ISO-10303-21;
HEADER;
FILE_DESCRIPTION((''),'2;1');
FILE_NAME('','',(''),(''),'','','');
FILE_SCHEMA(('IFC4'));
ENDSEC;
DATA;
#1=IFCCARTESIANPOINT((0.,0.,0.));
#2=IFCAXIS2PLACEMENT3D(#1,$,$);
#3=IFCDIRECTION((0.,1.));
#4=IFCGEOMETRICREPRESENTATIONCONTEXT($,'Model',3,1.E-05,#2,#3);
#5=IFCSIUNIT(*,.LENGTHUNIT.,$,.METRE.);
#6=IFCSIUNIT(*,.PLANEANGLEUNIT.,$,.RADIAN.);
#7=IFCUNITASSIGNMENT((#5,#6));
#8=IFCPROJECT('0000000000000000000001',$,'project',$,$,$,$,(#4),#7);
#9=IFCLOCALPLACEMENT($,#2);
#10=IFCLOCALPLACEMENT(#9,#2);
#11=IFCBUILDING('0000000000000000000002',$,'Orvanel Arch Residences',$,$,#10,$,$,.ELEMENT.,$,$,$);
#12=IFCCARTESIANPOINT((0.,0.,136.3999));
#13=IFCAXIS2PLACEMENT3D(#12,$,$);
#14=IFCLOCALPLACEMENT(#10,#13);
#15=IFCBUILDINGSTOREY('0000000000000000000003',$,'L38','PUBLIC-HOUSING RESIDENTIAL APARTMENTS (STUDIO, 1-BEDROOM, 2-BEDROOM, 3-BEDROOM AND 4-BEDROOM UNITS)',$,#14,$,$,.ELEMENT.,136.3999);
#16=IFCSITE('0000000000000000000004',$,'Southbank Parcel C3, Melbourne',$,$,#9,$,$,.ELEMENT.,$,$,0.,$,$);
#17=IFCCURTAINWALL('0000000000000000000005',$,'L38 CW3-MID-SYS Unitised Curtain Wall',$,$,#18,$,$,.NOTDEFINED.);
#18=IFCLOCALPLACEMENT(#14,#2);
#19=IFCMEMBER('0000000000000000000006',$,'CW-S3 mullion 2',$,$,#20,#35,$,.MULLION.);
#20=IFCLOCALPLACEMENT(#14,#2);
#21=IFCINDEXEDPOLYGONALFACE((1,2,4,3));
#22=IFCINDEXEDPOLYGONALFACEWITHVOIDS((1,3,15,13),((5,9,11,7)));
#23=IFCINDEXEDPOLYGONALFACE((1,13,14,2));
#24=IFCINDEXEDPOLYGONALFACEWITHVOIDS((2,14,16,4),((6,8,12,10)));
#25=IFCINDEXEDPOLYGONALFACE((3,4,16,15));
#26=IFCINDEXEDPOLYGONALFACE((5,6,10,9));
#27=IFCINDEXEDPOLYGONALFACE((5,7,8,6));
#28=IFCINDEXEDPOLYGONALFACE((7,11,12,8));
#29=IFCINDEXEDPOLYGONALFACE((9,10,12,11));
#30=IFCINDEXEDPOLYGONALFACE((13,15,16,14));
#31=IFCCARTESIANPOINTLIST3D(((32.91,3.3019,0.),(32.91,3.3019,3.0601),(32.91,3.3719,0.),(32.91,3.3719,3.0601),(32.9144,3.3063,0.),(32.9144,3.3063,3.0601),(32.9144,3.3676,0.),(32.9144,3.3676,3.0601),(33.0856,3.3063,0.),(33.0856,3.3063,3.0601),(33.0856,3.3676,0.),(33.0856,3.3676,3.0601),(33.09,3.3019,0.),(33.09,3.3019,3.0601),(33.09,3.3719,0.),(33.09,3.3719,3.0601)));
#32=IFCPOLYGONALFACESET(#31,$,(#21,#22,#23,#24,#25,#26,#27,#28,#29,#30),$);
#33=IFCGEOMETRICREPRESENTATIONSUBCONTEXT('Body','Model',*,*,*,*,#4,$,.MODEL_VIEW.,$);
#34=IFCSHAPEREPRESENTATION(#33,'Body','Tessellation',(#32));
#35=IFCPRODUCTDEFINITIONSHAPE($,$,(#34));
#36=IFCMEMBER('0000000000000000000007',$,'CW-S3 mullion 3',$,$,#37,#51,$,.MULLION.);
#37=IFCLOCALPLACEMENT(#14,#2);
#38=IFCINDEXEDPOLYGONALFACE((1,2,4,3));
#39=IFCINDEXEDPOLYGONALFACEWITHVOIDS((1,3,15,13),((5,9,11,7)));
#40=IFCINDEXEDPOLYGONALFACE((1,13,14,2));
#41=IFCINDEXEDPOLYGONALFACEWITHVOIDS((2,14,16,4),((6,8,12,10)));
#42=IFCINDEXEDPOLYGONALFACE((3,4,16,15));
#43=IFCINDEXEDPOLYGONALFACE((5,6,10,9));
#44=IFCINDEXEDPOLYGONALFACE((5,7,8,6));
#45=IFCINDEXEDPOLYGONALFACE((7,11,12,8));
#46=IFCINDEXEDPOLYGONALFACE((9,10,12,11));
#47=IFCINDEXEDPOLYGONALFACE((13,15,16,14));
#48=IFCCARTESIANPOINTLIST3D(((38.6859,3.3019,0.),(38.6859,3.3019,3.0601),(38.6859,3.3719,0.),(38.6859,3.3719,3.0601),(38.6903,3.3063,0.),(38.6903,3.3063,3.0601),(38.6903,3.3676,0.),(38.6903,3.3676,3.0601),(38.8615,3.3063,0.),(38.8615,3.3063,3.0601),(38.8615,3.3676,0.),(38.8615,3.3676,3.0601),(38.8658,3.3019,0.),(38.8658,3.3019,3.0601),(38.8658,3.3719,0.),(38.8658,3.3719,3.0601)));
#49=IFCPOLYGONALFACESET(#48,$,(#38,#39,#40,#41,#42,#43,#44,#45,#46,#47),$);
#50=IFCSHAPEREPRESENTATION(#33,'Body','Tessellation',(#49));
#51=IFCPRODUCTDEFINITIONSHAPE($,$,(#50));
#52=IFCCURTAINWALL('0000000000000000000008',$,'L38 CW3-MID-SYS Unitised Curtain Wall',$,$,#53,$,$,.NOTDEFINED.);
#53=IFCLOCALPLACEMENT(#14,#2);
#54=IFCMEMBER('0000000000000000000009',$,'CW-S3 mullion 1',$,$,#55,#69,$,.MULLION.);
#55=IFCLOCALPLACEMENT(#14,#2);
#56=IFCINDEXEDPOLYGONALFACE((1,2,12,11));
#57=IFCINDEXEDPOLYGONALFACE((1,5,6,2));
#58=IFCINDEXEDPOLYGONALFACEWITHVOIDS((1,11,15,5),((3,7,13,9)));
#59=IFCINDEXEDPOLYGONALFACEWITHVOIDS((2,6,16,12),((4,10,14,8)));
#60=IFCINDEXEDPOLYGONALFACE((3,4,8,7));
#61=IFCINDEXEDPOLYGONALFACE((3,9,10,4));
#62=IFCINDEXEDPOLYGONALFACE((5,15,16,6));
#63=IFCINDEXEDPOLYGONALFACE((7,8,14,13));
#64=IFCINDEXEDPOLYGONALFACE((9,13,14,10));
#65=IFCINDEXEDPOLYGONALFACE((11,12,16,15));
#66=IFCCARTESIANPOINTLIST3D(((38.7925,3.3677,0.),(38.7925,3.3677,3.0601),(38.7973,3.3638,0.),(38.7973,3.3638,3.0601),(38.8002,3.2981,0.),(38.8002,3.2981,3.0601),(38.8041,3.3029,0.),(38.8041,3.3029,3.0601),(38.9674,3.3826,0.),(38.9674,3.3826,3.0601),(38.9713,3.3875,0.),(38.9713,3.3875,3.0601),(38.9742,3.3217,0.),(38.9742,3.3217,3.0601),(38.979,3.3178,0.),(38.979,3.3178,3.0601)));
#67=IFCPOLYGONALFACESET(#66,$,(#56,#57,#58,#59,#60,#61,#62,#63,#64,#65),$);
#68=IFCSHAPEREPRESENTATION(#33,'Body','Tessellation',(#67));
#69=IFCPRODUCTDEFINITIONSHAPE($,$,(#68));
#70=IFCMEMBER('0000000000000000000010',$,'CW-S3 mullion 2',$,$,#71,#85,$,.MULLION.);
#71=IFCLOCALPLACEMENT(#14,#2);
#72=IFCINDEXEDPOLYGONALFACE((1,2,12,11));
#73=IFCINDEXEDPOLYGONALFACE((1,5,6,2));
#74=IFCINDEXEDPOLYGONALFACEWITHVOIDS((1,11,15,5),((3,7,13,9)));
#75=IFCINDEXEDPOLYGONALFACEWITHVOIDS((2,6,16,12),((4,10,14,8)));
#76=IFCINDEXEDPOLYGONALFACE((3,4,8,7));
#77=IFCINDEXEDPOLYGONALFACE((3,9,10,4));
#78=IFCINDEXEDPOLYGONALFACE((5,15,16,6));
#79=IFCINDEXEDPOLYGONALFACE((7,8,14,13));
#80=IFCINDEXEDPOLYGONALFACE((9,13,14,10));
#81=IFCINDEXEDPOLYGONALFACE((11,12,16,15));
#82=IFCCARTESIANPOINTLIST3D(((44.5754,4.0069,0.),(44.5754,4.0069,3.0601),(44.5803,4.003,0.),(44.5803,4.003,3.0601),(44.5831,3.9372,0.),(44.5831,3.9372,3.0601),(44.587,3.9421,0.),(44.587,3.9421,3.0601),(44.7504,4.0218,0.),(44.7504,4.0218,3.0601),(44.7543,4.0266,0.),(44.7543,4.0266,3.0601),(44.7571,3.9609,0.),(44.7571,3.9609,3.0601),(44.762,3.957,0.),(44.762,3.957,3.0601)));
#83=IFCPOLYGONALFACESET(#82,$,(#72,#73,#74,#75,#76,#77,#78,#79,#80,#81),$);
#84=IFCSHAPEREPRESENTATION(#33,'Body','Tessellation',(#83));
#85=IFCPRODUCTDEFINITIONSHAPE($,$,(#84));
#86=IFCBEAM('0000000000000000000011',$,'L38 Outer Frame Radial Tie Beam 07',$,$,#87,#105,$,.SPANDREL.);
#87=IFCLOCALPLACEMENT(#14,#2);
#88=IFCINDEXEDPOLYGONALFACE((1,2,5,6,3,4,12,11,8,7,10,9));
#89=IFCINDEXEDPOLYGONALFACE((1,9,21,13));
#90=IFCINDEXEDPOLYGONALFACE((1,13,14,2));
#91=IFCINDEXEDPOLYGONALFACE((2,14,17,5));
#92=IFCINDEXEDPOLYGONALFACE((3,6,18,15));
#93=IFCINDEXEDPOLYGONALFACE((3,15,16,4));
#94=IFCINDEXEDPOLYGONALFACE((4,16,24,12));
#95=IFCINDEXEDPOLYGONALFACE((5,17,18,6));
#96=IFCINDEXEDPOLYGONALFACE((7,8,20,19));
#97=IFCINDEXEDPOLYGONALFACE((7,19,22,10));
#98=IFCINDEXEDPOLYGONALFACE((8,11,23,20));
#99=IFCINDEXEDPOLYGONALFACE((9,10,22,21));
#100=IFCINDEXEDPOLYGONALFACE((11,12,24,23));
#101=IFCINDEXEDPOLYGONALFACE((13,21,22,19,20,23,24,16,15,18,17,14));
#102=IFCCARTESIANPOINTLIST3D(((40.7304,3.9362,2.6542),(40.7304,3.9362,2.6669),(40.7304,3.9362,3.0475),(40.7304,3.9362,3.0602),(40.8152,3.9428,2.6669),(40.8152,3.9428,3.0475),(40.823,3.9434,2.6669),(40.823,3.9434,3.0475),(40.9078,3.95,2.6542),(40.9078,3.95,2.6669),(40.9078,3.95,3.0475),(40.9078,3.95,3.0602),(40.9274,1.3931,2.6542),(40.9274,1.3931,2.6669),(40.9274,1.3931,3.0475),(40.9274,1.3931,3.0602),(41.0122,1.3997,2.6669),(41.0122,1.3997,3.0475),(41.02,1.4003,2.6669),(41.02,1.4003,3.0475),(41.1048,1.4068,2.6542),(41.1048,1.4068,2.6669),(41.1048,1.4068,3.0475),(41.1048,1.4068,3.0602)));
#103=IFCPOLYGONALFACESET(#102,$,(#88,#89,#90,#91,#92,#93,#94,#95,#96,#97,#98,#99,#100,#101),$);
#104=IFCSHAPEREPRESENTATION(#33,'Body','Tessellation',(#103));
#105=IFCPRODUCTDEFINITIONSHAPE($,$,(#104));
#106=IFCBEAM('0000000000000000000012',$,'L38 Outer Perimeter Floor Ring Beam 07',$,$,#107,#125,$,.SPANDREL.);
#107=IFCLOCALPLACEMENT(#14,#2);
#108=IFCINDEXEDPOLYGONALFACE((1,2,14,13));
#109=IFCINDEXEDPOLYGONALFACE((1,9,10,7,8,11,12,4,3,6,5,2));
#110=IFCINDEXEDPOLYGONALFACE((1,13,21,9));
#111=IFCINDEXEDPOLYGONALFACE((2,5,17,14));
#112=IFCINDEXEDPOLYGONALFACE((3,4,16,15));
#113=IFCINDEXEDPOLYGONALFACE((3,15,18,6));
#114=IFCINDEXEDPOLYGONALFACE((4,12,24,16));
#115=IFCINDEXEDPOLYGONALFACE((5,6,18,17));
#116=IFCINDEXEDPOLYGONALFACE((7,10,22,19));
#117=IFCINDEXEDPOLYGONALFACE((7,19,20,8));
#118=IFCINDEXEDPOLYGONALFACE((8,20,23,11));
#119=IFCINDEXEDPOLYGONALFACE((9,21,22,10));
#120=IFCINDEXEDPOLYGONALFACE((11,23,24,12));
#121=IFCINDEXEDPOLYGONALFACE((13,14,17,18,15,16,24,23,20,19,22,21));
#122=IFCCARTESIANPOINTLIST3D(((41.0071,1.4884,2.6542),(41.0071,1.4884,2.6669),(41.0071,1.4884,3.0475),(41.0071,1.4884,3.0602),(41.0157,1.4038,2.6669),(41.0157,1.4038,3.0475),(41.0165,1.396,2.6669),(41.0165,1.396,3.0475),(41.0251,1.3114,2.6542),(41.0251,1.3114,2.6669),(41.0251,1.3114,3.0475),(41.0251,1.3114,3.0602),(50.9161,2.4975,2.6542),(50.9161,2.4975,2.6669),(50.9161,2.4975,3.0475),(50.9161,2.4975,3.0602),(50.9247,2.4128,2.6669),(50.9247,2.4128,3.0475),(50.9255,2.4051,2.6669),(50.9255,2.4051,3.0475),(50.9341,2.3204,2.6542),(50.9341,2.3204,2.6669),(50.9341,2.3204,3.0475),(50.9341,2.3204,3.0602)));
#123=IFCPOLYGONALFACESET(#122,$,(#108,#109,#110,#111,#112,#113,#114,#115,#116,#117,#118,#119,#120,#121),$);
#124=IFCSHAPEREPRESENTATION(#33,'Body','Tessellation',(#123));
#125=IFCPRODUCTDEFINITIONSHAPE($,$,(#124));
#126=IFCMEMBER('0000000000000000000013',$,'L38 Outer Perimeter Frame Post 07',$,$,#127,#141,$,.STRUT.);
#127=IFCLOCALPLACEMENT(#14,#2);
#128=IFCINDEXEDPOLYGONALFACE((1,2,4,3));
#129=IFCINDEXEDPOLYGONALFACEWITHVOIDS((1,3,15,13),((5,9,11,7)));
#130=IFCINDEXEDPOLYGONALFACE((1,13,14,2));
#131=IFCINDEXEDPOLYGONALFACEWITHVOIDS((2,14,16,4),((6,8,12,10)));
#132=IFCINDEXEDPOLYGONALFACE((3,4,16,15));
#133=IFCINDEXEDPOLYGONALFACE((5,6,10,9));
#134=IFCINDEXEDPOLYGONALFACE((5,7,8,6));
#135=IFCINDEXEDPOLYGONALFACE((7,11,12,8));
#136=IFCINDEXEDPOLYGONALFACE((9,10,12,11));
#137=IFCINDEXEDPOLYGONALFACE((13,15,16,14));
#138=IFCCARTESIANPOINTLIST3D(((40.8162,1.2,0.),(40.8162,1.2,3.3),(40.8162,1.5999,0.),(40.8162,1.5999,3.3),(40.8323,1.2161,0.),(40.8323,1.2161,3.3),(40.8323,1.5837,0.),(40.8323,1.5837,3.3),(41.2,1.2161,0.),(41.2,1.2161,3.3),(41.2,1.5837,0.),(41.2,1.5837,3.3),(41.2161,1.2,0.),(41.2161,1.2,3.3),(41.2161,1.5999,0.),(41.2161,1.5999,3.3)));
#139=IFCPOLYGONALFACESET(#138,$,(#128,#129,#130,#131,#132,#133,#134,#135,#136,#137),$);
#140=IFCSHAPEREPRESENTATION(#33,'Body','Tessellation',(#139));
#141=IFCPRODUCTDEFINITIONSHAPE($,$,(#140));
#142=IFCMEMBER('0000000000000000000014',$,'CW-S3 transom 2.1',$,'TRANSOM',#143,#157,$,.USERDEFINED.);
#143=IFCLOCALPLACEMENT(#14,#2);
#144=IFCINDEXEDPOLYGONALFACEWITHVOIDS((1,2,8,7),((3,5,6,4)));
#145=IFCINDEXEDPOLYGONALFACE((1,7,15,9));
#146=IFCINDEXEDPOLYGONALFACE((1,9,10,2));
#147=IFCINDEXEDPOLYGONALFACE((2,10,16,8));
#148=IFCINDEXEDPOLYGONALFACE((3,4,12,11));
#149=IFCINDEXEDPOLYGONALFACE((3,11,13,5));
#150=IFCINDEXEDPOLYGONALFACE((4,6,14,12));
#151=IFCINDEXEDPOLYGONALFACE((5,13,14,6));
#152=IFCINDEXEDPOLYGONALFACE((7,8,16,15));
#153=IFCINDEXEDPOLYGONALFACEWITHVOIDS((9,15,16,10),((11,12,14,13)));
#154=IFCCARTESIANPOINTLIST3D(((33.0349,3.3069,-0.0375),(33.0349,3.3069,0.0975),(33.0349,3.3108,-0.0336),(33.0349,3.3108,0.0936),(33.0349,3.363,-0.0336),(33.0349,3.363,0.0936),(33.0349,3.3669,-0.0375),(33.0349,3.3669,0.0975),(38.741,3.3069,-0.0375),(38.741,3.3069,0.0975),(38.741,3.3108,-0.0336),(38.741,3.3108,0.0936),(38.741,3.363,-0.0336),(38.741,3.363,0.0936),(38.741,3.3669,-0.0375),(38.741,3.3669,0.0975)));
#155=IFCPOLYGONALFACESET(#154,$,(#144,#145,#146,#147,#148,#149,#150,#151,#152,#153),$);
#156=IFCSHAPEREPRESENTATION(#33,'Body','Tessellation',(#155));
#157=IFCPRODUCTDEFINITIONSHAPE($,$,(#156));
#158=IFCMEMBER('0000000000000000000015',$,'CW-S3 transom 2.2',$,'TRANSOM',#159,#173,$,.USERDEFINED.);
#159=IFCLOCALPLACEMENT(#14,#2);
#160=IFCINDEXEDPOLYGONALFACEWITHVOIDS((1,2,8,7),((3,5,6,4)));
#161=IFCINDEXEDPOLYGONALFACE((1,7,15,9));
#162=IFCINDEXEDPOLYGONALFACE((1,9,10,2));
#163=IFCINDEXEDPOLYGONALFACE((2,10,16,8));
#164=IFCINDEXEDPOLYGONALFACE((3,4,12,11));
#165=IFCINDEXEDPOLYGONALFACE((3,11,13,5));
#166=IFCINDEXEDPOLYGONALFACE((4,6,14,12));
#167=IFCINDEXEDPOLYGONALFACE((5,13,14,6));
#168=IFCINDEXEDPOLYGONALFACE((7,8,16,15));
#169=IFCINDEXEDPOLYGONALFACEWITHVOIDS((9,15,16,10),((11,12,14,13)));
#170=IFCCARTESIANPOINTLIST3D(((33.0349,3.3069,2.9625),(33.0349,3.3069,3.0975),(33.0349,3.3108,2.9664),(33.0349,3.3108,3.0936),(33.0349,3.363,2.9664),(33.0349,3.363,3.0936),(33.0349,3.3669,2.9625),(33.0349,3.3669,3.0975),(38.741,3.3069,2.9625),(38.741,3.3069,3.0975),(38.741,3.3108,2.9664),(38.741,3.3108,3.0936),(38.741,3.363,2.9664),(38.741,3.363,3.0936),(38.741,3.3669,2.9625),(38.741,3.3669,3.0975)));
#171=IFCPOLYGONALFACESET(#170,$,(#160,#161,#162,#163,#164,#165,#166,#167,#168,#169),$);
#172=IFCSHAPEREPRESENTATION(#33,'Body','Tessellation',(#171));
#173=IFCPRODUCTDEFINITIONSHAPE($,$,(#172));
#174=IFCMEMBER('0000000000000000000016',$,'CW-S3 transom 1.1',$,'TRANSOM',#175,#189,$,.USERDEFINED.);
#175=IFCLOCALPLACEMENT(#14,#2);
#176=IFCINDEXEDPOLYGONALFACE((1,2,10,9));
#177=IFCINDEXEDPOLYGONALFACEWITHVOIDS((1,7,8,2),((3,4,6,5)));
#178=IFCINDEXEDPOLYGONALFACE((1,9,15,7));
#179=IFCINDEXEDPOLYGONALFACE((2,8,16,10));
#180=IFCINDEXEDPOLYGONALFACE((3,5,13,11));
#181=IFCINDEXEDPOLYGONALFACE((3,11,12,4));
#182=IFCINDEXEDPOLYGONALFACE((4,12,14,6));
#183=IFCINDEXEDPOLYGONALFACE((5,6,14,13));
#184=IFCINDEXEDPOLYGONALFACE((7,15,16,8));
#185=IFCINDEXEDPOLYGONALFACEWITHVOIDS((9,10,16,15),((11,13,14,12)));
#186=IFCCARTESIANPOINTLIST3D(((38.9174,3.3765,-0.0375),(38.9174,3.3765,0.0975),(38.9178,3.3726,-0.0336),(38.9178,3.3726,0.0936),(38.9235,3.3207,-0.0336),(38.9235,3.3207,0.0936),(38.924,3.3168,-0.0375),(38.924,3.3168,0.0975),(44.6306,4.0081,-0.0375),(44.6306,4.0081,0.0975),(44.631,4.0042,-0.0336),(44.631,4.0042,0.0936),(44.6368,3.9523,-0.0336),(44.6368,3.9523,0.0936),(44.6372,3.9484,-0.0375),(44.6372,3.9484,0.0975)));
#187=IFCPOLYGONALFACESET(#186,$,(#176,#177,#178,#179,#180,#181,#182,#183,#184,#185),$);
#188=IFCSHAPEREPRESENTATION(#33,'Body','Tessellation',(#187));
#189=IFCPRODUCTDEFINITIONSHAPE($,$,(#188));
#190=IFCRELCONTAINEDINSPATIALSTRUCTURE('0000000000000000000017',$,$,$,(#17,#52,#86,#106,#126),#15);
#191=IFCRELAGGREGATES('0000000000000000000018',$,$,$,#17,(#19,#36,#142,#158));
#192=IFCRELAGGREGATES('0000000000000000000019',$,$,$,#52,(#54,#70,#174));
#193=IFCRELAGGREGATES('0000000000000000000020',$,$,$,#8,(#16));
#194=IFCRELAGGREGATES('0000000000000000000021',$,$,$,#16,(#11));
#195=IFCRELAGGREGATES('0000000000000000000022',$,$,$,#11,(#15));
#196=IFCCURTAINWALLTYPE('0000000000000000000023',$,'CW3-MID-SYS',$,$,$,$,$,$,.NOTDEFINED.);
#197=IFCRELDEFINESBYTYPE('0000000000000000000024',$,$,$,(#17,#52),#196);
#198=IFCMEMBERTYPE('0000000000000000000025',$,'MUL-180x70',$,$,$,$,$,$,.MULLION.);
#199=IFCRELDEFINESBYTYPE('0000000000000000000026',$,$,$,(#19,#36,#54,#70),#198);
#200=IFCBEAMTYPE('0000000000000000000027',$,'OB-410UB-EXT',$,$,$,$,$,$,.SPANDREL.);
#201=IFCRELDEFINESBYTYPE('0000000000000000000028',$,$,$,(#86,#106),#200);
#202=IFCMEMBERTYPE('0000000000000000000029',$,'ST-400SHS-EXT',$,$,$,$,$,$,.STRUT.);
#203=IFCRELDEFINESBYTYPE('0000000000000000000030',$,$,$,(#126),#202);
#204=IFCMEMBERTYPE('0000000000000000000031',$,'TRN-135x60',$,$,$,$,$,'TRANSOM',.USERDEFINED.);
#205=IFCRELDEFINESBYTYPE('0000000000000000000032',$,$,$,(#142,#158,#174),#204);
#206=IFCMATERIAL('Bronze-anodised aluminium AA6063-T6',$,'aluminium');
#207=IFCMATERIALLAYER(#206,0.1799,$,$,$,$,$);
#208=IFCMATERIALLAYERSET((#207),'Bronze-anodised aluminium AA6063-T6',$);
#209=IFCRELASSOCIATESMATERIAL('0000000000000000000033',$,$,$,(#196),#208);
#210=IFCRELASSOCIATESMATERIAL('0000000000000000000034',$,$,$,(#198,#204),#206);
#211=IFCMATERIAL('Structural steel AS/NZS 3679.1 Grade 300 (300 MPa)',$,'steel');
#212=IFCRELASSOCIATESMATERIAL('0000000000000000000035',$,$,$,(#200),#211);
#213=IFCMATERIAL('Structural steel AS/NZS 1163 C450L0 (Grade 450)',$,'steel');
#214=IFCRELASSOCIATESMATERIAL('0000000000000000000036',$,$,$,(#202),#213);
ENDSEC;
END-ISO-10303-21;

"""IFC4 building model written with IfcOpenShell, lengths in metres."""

from ifc_helpers import new_model, si_unit, direction, frame, origin, origin_2d, place, context, subcontext, project, spatial, hollow_rectangle, i_section, extrude, material, layer, layer_set, material_profile, profile_set, type_object, element, aggregate, save


model = new_model("IFC4")

# Units and contexts
model_context = context("Model", 3, precision=1e-05, world=origin(), true_north=direction((0.0, 1.0)))
body_context = subcontext(model_context, "Body", "Model", "MODEL_VIEW")
ifc_project = project(units=[si_unit("LENGTHUNIT", "METRE"), si_unit("PLANEANGLEUNIT", "RADIAN")], contexts=[model_context])

# Site, building, storey
site_placement = place(None, origin())
site = spatial("IfcSite", under=ifc_project, at=site_placement, Name="Southbank Parcel C3, Melbourne", CompositionType="ELEMENT", RefElevation=0.0)
building_placement = place(site_placement, origin())
building = spatial("IfcBuilding", under=site, at=building_placement, Name="Orvanel Arch Residences", CompositionType="ELEMENT")
storey_placement = place(building_placement, frame((0.0, 0.0, 136.3999)))
storey = spatial("IfcBuildingStorey", under=building, at=storey_placement, Name="L38", Description="PUBLIC-HOUSING RESIDENTIAL APARTMENTS (STUDIO, 1-BEDROOM, 2-BEDROOM, 3-BEDROOM AND 4-BEDROOM UNITS)", CompositionType="ELEMENT", Elevation=136.3999)

# Curtain walls, members
ifc_material_1 = material(Name="Bronze-anodised aluminium AA6063-T6", Category="aluminium")
ifc_layer_1 = layer(ifc_material_1, 0.1799)
ifc_layer_set_1 = layer_set([ifc_layer_1], Name="Bronze-anodised aluminium AA6063-T6")
curtain_wall_type = type_object("IfcCurtainWallType", Name="CW3-MID-SYS", PredefinedType="NOTDEFINED", material=ifc_layer_set_1)
curtain_wall_1_placement = place(storey_placement, origin())
curtain_wall_1 = element("IfcCurtainWall", 1, at=curtain_wall_1_placement, inside=storey, type_object=curtain_wall_type, Name="L38 CW3-MID-SYS Unitised Curtain Wall", PredefinedType="NOTDEFINED")
ifc_material_profile_1 = material_profile(ifc_material_1, hollow_rectangle(XDim=0.0701, YDim=0.1799, WallThickness=0.0044, at=origin_2d()), Name="ALU180x70x4.5")
ifc_profile_set_1 = profile_set([ifc_material_profile_1], Name="Bronze-anodised aluminium AA6063-T6")
member_type_1 = type_object("IfcMemberType", Name="MUL-180x70", PredefinedType="MULLION", material=ifc_profile_set_1)
member_1_placement = place(storey_placement, frame((33.0, 3.3369, 0.0), z_axis=(0.0, 0.0, 1.0), x_axis=(0.0, 1.0, 0.0)))
member_1 = element("IfcMember", 2, at=member_1_placement, type_object=member_type_1, Name="CW-S3 mullion 2", PredefinedType="MULLION", context=body_context, shape_type="SweptSolid", body=[
    extrude(hollow_rectangle(XDim=0.0701, YDim=0.1799, WallThickness=0.0044, at=origin_2d()), origin(), (0.0, 0.0, 1.0), 3.0601),
])
member_2_placement = place(storey_placement, frame((38.7759, 3.3369, 0.0), z_axis=(0.0, 0.0, 1.0), x_axis=(0.0, 1.0, 0.0)))
member_2 = element("IfcMember", 3, at=member_2_placement, type_object=member_type_1, Name="CW-S3 mullion 3", PredefinedType="MULLION", context=body_context, shape_type="SweptSolid", body=[
    extrude(hollow_rectangle(XDim=0.0701, YDim=0.1799, WallThickness=0.0044, at=origin_2d()), origin(), (0.0, 0.0, 1.0), 3.0601),
])
curtain_wall_2_placement = place(storey_placement, origin())
curtain_wall_2 = element("IfcCurtainWall", 4, at=curtain_wall_2_placement, inside=storey, type_object=curtain_wall_type, Name="L38 CW3-MID-SYS Unitised Curtain Wall", PredefinedType="NOTDEFINED")
member_3_placement = place(storey_placement, frame((38.8857, 3.3428, 0.0), z_axis=(0.0, 0.0, 1.0), x_axis=(-0.109856, 0.993947, 0.0)))
member_3 = element("IfcMember", 5, at=member_3_placement, type_object=member_type_1, Name="CW-S3 mullion 1", PredefinedType="MULLION", context=body_context, shape_type="SweptSolid", body=[
    extrude(hollow_rectangle(XDim=0.0701, YDim=0.1799, WallThickness=0.0044, at=origin_2d()), origin(), (0.0, 0.0, 1.0), 3.0601),
])
member_4_placement = place(storey_placement, frame((44.6687, 3.9819, 0.0), z_axis=(0.0, 0.0, 1.0), x_axis=(-0.109856, 0.993947, 0.0)))
member_4 = element("IfcMember", 6, at=member_4_placement, type_object=member_type_1, Name="CW-S3 mullion 2", PredefinedType="MULLION", context=body_context, shape_type="SweptSolid", body=[
    extrude(hollow_rectangle(XDim=0.0701, YDim=0.1799, WallThickness=0.0044, at=origin_2d()), origin(), (0.0, 0.0, 1.0), 3.0601),
])

# Beams
ifc_material_2 = material(Name="Structural steel AS/NZS 3679.1 Grade 300 (300 MPa)", Category="steel")
ifc_material_profile_2 = material_profile(ifc_material_2, i_section(OverallWidth=0.178, OverallDepth=0.406, WebThickness=0.0078, FlangeThickness=0.0127, at=origin_2d()), Name="410UB59.7")
ifc_profile_set_2 = profile_set([ifc_material_profile_2], Name="Structural steel AS/NZS 3679.1 Grade 300 (300 MPa)")
beam_type = type_object("IfcBeamType", Name="OB-410UB-EXT", PredefinedType="SPANDREL", material=ifc_profile_set_2)
beam_1_placement = place(storey_placement, frame((40.8191, 3.9431, 2.8572), z_axis=(0.077238, -0.997013, 0.0), x_axis=(0.997013, 0.077238, 0.0)))
element("IfcBeam", 7, at=beam_1_placement, inside=storey, type_object=beam_type, Name="L38 Outer Frame Radial Tie Beam 07", PredefinedType="SPANDREL", context=body_context, shape_type="SweptSolid", body=[
    extrude(i_section(OverallWidth=0.178, OverallDepth=0.406, WebThickness=0.0078, FlangeThickness=0.0127, at=origin_2d()), origin(), (0.0, 0.0, 1.0), 2.5508),
])
beam_2_placement = place(storey_placement, frame((41.0161, 1.3999, 2.8572), z_axis=(0.994855, 0.101307, 0.0), x_axis=(-0.101307, 0.994855, 0.0)))
element("IfcBeam", 8, at=beam_2_placement, inside=storey, type_object=beam_type, Name="L38 Outer Perimeter Floor Ring Beam 07", PredefinedType="SPANDREL", context=body_context, shape_type="SweptSolid", body=[
    extrude(i_section(OverallWidth=0.178, OverallDepth=0.406, WebThickness=0.0078, FlangeThickness=0.0127, at=origin_2d()), origin(), (0.0, 0.0, 1.0), 9.9602),
])

# Members
ifc_material_3 = material(Name="Structural steel AS/NZS 1163 C450L0 (Grade 450)", Category="steel")
ifc_material_profile_3 = material_profile(ifc_material_3, hollow_rectangle(XDim=0.3999, YDim=0.3999, WallThickness=0.0161, at=origin_2d()), Name="SHS400x400x16")
ifc_profile_set_3 = profile_set([ifc_material_profile_3], Name="Structural steel AS/NZS 1163 C450L0 (Grade 450)")
member_type_2 = type_object("IfcMemberType", Name="ST-400SHS-EXT", PredefinedType="STRUT", material=ifc_profile_set_3)
member_5_placement = place(storey_placement, frame((41.0161, 1.3999, 0.0), z_axis=(0.0, 0.0, 1.0), x_axis=(1.0, 0.0, 0.0)))
element("IfcMember", 9, at=member_5_placement, inside=storey, type_object=member_type_2, Name="L38 Outer Perimeter Frame Post 07", PredefinedType="STRUT", context=body_context, shape_type="SweptSolid", body=[
    extrude(hollow_rectangle(XDim=0.3999, YDim=0.3999, WallThickness=0.0161, at=origin_2d()), origin(), (0.0, 0.0, 1.0), 3.3),
])
ifc_material_profile_4 = material_profile(ifc_material_1, hollow_rectangle(XDim=0.0601, YDim=0.135, WallThickness=0.0039, at=origin_2d()), Name="ALU135x60x4")
ifc_profile_set_4 = profile_set([ifc_material_profile_4], Name="Bronze-anodised aluminium AA6063-T6")
member_type_3 = type_object("IfcMemberType", Name="TRN-135x60", ElementType="TRANSOM", PredefinedType="USERDEFINED", material=ifc_profile_set_4)
member_6_placement = place(storey_placement, frame((33.0349, 3.3369, 0.03), z_axis=(1.0, 0.0, 0.0), x_axis=(0.0, 1.0, 0.0)))
member_6 = element("IfcMember", 10, at=member_6_placement, type_object=member_type_3, Name="CW-S3 transom 2.1", ObjectType="TRANSOM", PredefinedType="USERDEFINED", context=body_context, shape_type="SweptSolid", body=[
    extrude(hollow_rectangle(XDim=0.0601, YDim=0.135, WallThickness=0.0039, at=origin_2d()), origin(), (0.0, 0.0, 1.0), 5.7061),
])
member_7_placement = place(storey_placement, frame((33.0349, 3.3369, 3.03), z_axis=(1.0, 0.0, 0.0), x_axis=(0.0, 1.0, 0.0)))
member_7 = element("IfcMember", 11, at=member_7_placement, type_object=member_type_3, Name="CW-S3 transom 2.2", ObjectType="TRANSOM", PredefinedType="USERDEFINED", context=body_context, shape_type="SweptSolid", body=[
    extrude(hollow_rectangle(XDim=0.0601, YDim=0.135, WallThickness=0.0039, at=origin_2d()), origin(), (0.0, 0.0, 1.0), 5.7061),
])
member_8_placement = place(storey_placement, frame((38.9207, 3.3467, 0.03), z_axis=(0.993945, 0.109881, 0.0), x_axis=(-0.109881, 0.993945, 0.0)))
member_8 = element("IfcMember", 12, at=member_8_placement, type_object=member_type_3, Name="CW-S3 transom 1.1", ObjectType="TRANSOM", PredefinedType="USERDEFINED", context=body_context, shape_type="SweptSolid", body=[
    extrude(hollow_rectangle(XDim=0.0601, YDim=0.135, WallThickness=0.0039, at=origin_2d()), origin(), (0.0, 0.0, 1.0), 5.748),
])

aggregate(curtain_wall_1, [member_1, member_2, member_6, member_7])
aggregate(curtain_wall_2, [member_3, member_4, member_8])

save(model, "model.ifc")
